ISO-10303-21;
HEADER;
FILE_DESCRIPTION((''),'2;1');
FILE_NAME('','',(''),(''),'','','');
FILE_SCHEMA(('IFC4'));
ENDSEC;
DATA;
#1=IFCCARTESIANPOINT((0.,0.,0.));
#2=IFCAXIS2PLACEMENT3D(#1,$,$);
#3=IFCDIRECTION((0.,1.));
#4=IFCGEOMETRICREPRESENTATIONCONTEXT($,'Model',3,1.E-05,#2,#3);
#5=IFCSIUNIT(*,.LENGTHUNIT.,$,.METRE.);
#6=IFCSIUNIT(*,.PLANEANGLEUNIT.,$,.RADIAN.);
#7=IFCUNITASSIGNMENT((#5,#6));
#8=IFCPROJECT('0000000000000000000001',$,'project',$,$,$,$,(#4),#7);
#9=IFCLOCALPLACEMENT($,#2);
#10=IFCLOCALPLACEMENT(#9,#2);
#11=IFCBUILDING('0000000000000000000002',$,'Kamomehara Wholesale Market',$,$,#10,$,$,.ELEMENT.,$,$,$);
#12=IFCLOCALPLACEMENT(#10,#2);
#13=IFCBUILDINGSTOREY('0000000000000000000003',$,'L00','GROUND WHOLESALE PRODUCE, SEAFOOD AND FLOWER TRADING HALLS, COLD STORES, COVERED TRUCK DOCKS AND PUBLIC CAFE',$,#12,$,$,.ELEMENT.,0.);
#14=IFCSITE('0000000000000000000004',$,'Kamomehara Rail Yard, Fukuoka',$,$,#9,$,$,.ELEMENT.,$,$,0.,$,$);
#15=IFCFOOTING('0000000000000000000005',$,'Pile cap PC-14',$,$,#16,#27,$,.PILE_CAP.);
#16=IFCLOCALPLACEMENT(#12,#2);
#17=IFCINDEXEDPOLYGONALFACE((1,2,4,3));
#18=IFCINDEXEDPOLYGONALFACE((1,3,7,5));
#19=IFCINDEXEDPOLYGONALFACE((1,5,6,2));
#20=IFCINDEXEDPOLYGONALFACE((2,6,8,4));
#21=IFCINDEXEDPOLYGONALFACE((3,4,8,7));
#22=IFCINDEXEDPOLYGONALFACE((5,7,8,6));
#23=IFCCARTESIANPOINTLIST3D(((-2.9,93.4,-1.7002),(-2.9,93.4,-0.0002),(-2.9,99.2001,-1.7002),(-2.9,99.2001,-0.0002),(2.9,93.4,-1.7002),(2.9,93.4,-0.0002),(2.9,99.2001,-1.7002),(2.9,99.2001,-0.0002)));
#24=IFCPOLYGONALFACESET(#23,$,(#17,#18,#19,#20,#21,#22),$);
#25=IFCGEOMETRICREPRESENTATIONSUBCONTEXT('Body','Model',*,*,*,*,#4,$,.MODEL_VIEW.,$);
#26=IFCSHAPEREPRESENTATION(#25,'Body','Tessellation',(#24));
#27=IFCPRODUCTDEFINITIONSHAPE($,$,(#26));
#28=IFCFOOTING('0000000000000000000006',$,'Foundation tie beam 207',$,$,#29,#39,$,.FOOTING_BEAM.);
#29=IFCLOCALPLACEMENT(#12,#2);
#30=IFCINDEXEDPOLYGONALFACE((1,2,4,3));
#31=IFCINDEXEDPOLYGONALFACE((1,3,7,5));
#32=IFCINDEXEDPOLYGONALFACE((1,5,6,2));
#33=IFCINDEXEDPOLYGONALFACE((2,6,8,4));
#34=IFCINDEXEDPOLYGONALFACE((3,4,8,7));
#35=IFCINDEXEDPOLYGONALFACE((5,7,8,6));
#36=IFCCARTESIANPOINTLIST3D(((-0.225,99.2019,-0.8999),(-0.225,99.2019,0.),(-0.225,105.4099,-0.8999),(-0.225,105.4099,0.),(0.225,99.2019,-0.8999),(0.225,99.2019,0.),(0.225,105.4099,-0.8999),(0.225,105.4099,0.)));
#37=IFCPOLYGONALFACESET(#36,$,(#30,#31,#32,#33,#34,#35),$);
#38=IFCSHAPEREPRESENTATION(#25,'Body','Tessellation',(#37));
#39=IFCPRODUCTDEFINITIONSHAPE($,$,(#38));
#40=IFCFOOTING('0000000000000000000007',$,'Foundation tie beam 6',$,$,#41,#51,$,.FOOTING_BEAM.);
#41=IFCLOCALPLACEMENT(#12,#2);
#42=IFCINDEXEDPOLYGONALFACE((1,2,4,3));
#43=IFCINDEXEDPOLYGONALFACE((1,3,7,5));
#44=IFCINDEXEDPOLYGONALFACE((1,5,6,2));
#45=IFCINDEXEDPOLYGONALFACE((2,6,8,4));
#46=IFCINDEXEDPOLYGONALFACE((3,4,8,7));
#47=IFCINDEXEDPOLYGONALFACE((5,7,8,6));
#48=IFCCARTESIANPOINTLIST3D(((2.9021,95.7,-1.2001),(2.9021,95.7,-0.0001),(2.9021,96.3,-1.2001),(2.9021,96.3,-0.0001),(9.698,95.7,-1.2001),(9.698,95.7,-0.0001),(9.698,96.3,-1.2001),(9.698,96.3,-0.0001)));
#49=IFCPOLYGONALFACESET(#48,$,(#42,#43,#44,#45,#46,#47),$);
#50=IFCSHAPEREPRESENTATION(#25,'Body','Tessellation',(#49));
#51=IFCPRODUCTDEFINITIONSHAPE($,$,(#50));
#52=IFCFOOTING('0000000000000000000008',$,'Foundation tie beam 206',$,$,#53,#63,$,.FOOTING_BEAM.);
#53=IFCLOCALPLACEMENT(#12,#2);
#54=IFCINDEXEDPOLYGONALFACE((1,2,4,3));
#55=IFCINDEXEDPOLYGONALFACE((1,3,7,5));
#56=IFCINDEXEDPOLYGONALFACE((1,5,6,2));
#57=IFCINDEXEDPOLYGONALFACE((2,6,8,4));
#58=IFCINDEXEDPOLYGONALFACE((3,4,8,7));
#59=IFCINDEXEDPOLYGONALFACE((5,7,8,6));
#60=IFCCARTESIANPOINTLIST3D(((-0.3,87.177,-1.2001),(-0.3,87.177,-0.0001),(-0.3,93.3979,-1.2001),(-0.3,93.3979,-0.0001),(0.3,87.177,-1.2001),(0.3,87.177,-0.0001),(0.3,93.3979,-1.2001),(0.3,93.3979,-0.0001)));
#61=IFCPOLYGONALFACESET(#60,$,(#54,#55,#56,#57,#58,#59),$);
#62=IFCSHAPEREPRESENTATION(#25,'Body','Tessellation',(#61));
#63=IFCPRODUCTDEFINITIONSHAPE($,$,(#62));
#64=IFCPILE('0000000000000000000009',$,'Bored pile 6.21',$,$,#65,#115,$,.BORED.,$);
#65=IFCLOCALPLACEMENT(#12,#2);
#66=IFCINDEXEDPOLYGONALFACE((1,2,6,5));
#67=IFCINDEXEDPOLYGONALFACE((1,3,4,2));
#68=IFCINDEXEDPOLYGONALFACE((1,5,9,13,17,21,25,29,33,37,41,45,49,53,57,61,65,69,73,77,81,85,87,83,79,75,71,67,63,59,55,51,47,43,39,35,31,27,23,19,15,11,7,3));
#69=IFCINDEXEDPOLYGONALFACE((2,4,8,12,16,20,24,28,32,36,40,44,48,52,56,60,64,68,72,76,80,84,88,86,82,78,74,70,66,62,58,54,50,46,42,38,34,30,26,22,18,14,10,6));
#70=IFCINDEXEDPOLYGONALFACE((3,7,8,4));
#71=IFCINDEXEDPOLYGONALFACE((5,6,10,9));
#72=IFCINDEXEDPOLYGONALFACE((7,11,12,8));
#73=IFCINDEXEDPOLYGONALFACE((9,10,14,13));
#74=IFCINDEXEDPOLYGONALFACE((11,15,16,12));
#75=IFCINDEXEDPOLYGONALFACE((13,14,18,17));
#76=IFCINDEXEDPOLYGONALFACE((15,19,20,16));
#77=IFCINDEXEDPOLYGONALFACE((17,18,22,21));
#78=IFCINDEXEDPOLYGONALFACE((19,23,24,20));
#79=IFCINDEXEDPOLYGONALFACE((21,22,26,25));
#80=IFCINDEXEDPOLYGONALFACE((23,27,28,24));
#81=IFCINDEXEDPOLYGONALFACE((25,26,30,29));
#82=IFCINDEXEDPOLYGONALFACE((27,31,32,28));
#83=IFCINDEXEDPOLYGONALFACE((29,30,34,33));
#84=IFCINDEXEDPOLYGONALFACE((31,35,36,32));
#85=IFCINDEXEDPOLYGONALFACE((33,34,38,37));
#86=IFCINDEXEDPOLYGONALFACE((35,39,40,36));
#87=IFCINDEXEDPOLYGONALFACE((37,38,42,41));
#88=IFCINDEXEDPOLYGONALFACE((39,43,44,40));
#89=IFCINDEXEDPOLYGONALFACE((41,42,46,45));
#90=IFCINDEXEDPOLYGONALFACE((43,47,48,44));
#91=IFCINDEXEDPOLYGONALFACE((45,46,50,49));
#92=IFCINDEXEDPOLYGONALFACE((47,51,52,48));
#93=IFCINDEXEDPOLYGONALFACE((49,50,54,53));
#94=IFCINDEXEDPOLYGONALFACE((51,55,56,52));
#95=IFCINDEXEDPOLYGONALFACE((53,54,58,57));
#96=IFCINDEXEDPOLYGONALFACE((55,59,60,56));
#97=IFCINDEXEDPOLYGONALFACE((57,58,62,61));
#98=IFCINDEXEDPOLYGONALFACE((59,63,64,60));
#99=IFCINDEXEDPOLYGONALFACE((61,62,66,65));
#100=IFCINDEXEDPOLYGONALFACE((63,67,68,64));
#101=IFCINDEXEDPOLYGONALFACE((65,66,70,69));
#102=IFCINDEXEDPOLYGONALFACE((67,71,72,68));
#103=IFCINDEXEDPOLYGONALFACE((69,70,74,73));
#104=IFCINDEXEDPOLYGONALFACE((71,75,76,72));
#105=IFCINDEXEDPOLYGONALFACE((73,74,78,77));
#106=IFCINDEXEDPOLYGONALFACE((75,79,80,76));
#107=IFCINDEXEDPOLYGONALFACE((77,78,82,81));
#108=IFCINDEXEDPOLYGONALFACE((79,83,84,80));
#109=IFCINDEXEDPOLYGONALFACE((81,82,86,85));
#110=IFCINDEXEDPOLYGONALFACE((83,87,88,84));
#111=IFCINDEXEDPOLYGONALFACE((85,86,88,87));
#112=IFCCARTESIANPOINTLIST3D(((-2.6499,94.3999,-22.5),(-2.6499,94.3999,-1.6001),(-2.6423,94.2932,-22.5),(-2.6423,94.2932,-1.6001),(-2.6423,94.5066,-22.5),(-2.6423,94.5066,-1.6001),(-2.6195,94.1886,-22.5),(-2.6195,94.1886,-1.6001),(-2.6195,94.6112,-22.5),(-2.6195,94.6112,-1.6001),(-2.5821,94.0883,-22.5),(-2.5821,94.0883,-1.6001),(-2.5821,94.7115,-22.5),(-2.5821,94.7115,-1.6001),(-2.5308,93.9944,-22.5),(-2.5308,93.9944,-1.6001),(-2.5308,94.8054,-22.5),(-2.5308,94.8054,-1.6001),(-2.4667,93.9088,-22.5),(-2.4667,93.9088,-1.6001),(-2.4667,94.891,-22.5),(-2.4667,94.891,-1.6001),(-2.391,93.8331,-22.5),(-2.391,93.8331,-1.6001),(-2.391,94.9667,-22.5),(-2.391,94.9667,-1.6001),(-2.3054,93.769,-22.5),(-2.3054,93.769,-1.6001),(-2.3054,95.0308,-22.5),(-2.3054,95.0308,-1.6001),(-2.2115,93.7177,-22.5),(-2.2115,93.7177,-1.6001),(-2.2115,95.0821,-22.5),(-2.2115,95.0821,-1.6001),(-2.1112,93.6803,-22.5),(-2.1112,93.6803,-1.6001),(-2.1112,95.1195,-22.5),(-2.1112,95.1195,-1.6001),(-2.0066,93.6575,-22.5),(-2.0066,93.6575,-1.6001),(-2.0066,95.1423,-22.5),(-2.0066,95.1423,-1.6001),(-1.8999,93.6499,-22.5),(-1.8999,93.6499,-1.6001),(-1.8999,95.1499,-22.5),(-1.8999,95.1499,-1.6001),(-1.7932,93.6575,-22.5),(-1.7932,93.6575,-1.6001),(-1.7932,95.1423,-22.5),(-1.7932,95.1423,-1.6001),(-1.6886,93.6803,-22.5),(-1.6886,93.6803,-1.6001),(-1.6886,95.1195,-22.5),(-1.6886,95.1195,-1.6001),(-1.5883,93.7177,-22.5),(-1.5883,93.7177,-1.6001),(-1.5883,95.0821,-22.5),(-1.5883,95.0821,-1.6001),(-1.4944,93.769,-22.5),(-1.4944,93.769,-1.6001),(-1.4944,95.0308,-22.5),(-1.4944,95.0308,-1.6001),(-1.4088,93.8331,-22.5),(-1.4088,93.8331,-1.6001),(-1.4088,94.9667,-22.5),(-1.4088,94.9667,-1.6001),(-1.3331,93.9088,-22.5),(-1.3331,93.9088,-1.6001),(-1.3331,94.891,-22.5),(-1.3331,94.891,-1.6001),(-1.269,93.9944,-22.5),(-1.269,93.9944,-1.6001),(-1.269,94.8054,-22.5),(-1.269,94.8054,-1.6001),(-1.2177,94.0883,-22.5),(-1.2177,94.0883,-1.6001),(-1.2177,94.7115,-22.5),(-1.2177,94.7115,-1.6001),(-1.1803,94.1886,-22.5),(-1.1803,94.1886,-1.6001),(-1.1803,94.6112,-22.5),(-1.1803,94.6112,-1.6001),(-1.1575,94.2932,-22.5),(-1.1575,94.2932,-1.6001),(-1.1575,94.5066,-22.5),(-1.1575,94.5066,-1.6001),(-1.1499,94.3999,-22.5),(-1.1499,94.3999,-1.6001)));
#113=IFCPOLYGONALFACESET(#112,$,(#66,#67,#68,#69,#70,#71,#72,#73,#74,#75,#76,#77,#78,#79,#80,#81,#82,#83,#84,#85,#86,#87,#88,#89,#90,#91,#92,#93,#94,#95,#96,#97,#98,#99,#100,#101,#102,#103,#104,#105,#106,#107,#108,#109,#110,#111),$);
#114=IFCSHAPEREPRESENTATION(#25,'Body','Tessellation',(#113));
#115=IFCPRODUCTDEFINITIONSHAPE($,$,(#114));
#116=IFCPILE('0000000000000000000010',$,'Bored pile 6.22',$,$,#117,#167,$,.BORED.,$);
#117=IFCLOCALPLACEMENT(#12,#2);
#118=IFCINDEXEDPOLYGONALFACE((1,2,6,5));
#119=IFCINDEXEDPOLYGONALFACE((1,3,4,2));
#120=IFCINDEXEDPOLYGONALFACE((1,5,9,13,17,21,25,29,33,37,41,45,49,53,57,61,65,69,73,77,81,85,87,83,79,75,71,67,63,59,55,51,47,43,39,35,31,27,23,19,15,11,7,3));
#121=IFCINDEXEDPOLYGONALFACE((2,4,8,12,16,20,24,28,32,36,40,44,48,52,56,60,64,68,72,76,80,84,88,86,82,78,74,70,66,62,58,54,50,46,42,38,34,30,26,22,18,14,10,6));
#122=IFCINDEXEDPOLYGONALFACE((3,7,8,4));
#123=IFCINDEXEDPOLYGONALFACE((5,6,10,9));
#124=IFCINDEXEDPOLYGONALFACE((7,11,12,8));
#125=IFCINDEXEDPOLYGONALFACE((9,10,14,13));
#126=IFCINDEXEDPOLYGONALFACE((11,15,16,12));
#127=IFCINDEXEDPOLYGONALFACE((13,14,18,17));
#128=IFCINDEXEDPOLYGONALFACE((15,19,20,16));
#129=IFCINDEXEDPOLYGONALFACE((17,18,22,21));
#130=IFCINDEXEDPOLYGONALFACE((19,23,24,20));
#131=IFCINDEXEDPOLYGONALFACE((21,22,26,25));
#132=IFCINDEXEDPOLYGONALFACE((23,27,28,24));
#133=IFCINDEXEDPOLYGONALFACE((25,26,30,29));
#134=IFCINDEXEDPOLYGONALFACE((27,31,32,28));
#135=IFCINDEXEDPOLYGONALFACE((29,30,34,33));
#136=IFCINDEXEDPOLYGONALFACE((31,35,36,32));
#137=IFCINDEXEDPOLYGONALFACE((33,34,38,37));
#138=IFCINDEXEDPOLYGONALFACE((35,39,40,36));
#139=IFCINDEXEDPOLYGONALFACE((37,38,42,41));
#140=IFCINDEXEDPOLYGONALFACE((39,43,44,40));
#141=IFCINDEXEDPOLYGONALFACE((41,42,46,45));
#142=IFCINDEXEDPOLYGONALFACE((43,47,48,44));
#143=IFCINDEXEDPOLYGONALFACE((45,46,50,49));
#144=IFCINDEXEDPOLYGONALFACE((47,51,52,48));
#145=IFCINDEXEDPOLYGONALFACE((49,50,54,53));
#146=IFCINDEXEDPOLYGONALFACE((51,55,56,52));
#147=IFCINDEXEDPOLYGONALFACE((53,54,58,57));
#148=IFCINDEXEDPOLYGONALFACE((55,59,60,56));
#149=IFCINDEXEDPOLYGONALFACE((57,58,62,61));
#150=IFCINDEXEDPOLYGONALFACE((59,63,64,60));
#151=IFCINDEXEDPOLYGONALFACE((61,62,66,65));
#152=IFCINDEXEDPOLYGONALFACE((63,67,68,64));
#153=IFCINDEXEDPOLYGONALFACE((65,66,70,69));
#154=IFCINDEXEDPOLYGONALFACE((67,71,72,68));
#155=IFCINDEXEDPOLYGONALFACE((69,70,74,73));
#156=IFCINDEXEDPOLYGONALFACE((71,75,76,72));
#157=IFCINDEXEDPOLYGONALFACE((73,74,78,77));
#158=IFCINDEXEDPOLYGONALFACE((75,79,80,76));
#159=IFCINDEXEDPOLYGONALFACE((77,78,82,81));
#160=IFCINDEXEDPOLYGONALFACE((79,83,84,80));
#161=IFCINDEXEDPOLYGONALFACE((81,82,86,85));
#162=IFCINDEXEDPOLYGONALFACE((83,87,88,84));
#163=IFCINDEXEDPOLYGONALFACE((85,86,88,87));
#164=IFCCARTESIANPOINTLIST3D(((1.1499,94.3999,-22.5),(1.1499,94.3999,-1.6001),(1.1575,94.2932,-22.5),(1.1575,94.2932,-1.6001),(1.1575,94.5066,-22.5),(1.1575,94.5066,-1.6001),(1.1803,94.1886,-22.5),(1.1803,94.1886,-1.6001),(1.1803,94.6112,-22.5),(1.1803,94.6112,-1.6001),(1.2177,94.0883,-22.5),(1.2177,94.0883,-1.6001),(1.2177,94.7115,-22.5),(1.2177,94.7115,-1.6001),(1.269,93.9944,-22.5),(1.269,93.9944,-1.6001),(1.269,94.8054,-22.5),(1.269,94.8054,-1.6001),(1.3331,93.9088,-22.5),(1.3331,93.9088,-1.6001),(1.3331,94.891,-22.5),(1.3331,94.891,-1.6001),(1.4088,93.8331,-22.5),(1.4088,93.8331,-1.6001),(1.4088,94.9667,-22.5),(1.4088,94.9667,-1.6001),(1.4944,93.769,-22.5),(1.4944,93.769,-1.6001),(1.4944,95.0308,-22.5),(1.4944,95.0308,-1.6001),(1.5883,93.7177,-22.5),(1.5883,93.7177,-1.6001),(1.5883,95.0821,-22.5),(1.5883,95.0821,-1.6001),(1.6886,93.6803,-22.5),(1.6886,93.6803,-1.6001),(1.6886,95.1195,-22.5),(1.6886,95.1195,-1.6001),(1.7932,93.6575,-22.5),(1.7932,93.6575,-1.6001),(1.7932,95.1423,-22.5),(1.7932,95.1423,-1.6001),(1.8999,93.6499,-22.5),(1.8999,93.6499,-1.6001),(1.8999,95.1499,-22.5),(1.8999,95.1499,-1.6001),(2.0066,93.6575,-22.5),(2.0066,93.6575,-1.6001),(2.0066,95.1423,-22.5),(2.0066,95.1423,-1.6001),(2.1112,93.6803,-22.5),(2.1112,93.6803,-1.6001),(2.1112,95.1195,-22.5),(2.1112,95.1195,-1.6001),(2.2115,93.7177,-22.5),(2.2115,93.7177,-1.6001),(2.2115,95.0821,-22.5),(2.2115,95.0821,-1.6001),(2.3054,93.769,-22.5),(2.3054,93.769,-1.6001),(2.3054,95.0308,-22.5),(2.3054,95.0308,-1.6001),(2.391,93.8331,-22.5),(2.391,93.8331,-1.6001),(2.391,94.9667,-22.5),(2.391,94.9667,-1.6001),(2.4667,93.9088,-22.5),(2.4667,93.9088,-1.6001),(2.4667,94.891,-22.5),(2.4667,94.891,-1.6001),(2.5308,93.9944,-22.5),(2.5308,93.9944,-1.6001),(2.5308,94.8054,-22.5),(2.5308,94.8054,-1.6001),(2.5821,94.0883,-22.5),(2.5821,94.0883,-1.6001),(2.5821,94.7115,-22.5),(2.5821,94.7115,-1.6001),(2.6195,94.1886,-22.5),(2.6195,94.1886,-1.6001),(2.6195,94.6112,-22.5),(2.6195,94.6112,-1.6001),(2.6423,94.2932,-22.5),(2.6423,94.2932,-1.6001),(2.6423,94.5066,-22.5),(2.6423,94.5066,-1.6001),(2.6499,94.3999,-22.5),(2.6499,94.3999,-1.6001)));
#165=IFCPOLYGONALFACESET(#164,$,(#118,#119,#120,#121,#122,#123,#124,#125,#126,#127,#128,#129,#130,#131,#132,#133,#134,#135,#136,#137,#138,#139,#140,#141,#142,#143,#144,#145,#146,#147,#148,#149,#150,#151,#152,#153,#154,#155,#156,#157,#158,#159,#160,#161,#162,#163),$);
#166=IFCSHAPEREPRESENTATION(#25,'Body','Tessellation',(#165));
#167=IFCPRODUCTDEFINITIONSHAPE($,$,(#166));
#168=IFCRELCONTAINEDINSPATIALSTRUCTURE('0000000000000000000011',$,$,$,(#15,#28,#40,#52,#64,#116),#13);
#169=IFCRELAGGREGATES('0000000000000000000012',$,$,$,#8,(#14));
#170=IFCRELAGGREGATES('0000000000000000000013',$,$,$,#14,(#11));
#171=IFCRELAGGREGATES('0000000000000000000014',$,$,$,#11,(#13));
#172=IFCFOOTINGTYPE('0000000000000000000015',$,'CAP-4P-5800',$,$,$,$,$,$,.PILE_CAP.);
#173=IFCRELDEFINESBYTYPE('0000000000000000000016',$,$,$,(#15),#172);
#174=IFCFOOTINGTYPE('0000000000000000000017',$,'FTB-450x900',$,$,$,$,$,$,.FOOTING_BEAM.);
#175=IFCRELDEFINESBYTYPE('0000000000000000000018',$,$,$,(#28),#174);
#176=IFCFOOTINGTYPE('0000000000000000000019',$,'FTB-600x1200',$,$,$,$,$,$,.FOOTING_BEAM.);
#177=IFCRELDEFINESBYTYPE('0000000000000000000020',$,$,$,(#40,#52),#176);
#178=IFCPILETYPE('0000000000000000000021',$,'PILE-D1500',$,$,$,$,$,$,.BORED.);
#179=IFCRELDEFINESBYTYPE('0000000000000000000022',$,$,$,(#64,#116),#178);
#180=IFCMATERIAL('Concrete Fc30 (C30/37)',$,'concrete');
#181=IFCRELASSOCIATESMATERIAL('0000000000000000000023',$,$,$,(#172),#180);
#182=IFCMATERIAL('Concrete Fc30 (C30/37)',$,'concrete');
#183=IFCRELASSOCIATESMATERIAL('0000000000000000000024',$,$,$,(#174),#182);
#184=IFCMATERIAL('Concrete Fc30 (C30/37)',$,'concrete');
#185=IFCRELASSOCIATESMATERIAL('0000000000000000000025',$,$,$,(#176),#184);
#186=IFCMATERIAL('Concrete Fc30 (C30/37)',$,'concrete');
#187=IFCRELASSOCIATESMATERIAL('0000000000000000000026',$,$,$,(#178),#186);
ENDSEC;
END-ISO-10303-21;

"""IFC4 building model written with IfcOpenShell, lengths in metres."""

from ifc_helpers import new_model, si_unit, direction, frame, origin, origin_2d, place, context, subcontext, project, spatial, rectangle, circle, extrude, material, material_profile, profile_set, type_object, element, save


model = new_model("IFC4")

# Units and contexts
model_context = context("Model", 3, precision=1e-05, world=origin(), true_north=direction((0.0, 1.0)))
body_context = subcontext(model_context, "Body", "Model", "MODEL_VIEW")
ifc_project = project(units=[si_unit("LENGTHUNIT", "METRE"), si_unit("PLANEANGLEUNIT", "RADIAN")], contexts=[model_context])

# Site, building, storey
site_placement = place(None, origin())
site = spatial("IfcSite", under=ifc_project, at=site_placement, Name="Kamomehara Rail Yard, Fukuoka", CompositionType="ELEMENT", RefElevation=0.0)
building_placement = place(site_placement, origin())
building = spatial("IfcBuilding", under=site, at=building_placement, Name="Kamomehara Wholesale Market", CompositionType="ELEMENT")
storey_placement = place(building_placement, origin())
storey = spatial("IfcBuildingStorey", under=building, at=storey_placement, Name="L00", Description="GROUND WHOLESALE PRODUCE, SEAFOOD AND FLOWER TRADING HALLS, COLD STORES, COVERED TRUCK DOCKS AND PUBLIC CAFE", CompositionType="ELEMENT", Elevation=0.0)

# Footings
ifc_material_1 = material(Name="Concrete Fc30 (C30/37)", Category="concrete")
footing_type_1 = type_object("IfcFootingType", Name="CAP-4P-5800", PredefinedType="PILE_CAP", material=ifc_material_1)
footing_1_placement = place(storey_placement, frame((0.0, 96.3, -1.7002), z_axis=(0.0, 0.0, 1.0), x_axis=(1.0, 0.0, 0.0)))
element("IfcFooting", 1, at=footing_1_placement, inside=storey, type_object=footing_type_1, Name="Pile cap PC-14", PredefinedType="PILE_CAP", context=body_context, shape_type="SweptSolid", body=[
    extrude(rectangle(XDim=5.8, YDim=5.8, at=origin_2d()), origin(), (0.0, 0.0, 1.0), 1.7),
])
ifc_material_2 = material(Name="Concrete Fc30 (C30/37)", Category="concrete")
ifc_material_profile_1 = material_profile(ifc_material_2, rectangle(XDim=0.45, YDim=0.8999, at=origin_2d()), Name="RC-FTB-450x900")
ifc_profile_set_1 = profile_set([ifc_material_profile_1], Name="Concrete Fc30 (C30/37)")
footing_type_2 = type_object("IfcFootingType", Name="FTB-450x900", PredefinedType="FOOTING_BEAM", material=ifc_profile_set_1)
footing_2_placement = place(storey_placement, frame((0.0, 99.2019, -0.45), z_axis=(0.0, 1.0, 0.0), x_axis=(-1.0, 0.0, 0.0)))
element("IfcFooting", 2, at=footing_2_placement, inside=storey, type_object=footing_type_2, Name="Foundation tie beam 207", PredefinedType="FOOTING_BEAM", context=body_context, shape_type="SweptSolid", body=[
    extrude(rectangle(XDim=0.45, YDim=0.8999, at=origin_2d()), origin(), (0.0, 0.0, 1.0), 6.208),
])
ifc_material_3 = material(Name="Concrete Fc30 (C30/37)", Category="concrete")
ifc_material_profile_2 = material_profile(ifc_material_3, rectangle(XDim=0.6001, YDim=1.2, at=origin_2d()), Name="RC-FTB-600x1200")
ifc_profile_set_2 = profile_set([ifc_material_profile_2], Name="Concrete Fc30 (C30/37)")
footing_type_3 = type_object("IfcFootingType", Name="FTB-600x1200", PredefinedType="FOOTING_BEAM", material=ifc_profile_set_2)
footing_3_placement = place(storey_placement, frame((2.9021, 96.0, -0.6001), z_axis=(1.0, 0.0, 0.0), x_axis=(0.0, 1.0, 0.0)))
element("IfcFooting", 3, at=footing_3_placement, inside=storey, type_object=footing_type_3, Name="Foundation tie beam 6", PredefinedType="FOOTING_BEAM", context=body_context, shape_type="SweptSolid", body=[
    extrude(rectangle(XDim=0.6001, YDim=1.2, at=origin_2d()), origin(), (0.0, 0.0, 1.0), 6.7959),
])
footing_4_placement = place(storey_placement, frame((0.0, 87.177, -0.6001), z_axis=(0.0, 1.0, 0.0), x_axis=(-1.0, 0.0, 0.0)))
element("IfcFooting", 4, at=footing_4_placement, inside=storey, type_object=footing_type_3, Name="Foundation tie beam 206", PredefinedType="FOOTING_BEAM", context=body_context, shape_type="SweptSolid", body=[
    extrude(rectangle(XDim=0.6001, YDim=1.2, at=origin_2d()), origin(), (0.0, 0.0, 1.0), 6.2209),
])

# Piles
ifc_material_4 = material(Name="Concrete Fc30 (C30/37)", Category="concrete")
ifc_material_profile_3 = material_profile(ifc_material_4, circle(Radius=0.75, at=origin_2d()), Name="RC-PILE-D1500")
ifc_profile_set_3 = profile_set([ifc_material_profile_3], Name="Concrete Fc30 (C30/37)")
pile_type = type_object("IfcPileType", Name="PILE-D1500", PredefinedType="BORED", material=ifc_profile_set_3)
for number, where, z_axis, x_axis, name in (
    (5, (-1.8999, 94.3999, -1.6001), (0.0, 0.0, -1.0), (1.0, 0.0, 0.0), "Bored pile 6.21"),
    (6, (1.8999, 94.3999, -1.6001), (0.0, 0.0, -1.0), (1.0, 0.0, 0.0), "Bored pile 6.22"),
):
    element("IfcPile", number, at=place(storey_placement, frame(where, z_axis=z_axis, x_axis=x_axis)), inside=storey, type_object=pile_type, Name=name, PredefinedType="BORED", context=body_context, shape_type="SweptSolid", body=[
        extrude(circle(Radius=0.75, at=origin_2d()), origin(), (0.0, 0.0, 1.0), 20.8999),
    ])

save(model, "model.ifc")
